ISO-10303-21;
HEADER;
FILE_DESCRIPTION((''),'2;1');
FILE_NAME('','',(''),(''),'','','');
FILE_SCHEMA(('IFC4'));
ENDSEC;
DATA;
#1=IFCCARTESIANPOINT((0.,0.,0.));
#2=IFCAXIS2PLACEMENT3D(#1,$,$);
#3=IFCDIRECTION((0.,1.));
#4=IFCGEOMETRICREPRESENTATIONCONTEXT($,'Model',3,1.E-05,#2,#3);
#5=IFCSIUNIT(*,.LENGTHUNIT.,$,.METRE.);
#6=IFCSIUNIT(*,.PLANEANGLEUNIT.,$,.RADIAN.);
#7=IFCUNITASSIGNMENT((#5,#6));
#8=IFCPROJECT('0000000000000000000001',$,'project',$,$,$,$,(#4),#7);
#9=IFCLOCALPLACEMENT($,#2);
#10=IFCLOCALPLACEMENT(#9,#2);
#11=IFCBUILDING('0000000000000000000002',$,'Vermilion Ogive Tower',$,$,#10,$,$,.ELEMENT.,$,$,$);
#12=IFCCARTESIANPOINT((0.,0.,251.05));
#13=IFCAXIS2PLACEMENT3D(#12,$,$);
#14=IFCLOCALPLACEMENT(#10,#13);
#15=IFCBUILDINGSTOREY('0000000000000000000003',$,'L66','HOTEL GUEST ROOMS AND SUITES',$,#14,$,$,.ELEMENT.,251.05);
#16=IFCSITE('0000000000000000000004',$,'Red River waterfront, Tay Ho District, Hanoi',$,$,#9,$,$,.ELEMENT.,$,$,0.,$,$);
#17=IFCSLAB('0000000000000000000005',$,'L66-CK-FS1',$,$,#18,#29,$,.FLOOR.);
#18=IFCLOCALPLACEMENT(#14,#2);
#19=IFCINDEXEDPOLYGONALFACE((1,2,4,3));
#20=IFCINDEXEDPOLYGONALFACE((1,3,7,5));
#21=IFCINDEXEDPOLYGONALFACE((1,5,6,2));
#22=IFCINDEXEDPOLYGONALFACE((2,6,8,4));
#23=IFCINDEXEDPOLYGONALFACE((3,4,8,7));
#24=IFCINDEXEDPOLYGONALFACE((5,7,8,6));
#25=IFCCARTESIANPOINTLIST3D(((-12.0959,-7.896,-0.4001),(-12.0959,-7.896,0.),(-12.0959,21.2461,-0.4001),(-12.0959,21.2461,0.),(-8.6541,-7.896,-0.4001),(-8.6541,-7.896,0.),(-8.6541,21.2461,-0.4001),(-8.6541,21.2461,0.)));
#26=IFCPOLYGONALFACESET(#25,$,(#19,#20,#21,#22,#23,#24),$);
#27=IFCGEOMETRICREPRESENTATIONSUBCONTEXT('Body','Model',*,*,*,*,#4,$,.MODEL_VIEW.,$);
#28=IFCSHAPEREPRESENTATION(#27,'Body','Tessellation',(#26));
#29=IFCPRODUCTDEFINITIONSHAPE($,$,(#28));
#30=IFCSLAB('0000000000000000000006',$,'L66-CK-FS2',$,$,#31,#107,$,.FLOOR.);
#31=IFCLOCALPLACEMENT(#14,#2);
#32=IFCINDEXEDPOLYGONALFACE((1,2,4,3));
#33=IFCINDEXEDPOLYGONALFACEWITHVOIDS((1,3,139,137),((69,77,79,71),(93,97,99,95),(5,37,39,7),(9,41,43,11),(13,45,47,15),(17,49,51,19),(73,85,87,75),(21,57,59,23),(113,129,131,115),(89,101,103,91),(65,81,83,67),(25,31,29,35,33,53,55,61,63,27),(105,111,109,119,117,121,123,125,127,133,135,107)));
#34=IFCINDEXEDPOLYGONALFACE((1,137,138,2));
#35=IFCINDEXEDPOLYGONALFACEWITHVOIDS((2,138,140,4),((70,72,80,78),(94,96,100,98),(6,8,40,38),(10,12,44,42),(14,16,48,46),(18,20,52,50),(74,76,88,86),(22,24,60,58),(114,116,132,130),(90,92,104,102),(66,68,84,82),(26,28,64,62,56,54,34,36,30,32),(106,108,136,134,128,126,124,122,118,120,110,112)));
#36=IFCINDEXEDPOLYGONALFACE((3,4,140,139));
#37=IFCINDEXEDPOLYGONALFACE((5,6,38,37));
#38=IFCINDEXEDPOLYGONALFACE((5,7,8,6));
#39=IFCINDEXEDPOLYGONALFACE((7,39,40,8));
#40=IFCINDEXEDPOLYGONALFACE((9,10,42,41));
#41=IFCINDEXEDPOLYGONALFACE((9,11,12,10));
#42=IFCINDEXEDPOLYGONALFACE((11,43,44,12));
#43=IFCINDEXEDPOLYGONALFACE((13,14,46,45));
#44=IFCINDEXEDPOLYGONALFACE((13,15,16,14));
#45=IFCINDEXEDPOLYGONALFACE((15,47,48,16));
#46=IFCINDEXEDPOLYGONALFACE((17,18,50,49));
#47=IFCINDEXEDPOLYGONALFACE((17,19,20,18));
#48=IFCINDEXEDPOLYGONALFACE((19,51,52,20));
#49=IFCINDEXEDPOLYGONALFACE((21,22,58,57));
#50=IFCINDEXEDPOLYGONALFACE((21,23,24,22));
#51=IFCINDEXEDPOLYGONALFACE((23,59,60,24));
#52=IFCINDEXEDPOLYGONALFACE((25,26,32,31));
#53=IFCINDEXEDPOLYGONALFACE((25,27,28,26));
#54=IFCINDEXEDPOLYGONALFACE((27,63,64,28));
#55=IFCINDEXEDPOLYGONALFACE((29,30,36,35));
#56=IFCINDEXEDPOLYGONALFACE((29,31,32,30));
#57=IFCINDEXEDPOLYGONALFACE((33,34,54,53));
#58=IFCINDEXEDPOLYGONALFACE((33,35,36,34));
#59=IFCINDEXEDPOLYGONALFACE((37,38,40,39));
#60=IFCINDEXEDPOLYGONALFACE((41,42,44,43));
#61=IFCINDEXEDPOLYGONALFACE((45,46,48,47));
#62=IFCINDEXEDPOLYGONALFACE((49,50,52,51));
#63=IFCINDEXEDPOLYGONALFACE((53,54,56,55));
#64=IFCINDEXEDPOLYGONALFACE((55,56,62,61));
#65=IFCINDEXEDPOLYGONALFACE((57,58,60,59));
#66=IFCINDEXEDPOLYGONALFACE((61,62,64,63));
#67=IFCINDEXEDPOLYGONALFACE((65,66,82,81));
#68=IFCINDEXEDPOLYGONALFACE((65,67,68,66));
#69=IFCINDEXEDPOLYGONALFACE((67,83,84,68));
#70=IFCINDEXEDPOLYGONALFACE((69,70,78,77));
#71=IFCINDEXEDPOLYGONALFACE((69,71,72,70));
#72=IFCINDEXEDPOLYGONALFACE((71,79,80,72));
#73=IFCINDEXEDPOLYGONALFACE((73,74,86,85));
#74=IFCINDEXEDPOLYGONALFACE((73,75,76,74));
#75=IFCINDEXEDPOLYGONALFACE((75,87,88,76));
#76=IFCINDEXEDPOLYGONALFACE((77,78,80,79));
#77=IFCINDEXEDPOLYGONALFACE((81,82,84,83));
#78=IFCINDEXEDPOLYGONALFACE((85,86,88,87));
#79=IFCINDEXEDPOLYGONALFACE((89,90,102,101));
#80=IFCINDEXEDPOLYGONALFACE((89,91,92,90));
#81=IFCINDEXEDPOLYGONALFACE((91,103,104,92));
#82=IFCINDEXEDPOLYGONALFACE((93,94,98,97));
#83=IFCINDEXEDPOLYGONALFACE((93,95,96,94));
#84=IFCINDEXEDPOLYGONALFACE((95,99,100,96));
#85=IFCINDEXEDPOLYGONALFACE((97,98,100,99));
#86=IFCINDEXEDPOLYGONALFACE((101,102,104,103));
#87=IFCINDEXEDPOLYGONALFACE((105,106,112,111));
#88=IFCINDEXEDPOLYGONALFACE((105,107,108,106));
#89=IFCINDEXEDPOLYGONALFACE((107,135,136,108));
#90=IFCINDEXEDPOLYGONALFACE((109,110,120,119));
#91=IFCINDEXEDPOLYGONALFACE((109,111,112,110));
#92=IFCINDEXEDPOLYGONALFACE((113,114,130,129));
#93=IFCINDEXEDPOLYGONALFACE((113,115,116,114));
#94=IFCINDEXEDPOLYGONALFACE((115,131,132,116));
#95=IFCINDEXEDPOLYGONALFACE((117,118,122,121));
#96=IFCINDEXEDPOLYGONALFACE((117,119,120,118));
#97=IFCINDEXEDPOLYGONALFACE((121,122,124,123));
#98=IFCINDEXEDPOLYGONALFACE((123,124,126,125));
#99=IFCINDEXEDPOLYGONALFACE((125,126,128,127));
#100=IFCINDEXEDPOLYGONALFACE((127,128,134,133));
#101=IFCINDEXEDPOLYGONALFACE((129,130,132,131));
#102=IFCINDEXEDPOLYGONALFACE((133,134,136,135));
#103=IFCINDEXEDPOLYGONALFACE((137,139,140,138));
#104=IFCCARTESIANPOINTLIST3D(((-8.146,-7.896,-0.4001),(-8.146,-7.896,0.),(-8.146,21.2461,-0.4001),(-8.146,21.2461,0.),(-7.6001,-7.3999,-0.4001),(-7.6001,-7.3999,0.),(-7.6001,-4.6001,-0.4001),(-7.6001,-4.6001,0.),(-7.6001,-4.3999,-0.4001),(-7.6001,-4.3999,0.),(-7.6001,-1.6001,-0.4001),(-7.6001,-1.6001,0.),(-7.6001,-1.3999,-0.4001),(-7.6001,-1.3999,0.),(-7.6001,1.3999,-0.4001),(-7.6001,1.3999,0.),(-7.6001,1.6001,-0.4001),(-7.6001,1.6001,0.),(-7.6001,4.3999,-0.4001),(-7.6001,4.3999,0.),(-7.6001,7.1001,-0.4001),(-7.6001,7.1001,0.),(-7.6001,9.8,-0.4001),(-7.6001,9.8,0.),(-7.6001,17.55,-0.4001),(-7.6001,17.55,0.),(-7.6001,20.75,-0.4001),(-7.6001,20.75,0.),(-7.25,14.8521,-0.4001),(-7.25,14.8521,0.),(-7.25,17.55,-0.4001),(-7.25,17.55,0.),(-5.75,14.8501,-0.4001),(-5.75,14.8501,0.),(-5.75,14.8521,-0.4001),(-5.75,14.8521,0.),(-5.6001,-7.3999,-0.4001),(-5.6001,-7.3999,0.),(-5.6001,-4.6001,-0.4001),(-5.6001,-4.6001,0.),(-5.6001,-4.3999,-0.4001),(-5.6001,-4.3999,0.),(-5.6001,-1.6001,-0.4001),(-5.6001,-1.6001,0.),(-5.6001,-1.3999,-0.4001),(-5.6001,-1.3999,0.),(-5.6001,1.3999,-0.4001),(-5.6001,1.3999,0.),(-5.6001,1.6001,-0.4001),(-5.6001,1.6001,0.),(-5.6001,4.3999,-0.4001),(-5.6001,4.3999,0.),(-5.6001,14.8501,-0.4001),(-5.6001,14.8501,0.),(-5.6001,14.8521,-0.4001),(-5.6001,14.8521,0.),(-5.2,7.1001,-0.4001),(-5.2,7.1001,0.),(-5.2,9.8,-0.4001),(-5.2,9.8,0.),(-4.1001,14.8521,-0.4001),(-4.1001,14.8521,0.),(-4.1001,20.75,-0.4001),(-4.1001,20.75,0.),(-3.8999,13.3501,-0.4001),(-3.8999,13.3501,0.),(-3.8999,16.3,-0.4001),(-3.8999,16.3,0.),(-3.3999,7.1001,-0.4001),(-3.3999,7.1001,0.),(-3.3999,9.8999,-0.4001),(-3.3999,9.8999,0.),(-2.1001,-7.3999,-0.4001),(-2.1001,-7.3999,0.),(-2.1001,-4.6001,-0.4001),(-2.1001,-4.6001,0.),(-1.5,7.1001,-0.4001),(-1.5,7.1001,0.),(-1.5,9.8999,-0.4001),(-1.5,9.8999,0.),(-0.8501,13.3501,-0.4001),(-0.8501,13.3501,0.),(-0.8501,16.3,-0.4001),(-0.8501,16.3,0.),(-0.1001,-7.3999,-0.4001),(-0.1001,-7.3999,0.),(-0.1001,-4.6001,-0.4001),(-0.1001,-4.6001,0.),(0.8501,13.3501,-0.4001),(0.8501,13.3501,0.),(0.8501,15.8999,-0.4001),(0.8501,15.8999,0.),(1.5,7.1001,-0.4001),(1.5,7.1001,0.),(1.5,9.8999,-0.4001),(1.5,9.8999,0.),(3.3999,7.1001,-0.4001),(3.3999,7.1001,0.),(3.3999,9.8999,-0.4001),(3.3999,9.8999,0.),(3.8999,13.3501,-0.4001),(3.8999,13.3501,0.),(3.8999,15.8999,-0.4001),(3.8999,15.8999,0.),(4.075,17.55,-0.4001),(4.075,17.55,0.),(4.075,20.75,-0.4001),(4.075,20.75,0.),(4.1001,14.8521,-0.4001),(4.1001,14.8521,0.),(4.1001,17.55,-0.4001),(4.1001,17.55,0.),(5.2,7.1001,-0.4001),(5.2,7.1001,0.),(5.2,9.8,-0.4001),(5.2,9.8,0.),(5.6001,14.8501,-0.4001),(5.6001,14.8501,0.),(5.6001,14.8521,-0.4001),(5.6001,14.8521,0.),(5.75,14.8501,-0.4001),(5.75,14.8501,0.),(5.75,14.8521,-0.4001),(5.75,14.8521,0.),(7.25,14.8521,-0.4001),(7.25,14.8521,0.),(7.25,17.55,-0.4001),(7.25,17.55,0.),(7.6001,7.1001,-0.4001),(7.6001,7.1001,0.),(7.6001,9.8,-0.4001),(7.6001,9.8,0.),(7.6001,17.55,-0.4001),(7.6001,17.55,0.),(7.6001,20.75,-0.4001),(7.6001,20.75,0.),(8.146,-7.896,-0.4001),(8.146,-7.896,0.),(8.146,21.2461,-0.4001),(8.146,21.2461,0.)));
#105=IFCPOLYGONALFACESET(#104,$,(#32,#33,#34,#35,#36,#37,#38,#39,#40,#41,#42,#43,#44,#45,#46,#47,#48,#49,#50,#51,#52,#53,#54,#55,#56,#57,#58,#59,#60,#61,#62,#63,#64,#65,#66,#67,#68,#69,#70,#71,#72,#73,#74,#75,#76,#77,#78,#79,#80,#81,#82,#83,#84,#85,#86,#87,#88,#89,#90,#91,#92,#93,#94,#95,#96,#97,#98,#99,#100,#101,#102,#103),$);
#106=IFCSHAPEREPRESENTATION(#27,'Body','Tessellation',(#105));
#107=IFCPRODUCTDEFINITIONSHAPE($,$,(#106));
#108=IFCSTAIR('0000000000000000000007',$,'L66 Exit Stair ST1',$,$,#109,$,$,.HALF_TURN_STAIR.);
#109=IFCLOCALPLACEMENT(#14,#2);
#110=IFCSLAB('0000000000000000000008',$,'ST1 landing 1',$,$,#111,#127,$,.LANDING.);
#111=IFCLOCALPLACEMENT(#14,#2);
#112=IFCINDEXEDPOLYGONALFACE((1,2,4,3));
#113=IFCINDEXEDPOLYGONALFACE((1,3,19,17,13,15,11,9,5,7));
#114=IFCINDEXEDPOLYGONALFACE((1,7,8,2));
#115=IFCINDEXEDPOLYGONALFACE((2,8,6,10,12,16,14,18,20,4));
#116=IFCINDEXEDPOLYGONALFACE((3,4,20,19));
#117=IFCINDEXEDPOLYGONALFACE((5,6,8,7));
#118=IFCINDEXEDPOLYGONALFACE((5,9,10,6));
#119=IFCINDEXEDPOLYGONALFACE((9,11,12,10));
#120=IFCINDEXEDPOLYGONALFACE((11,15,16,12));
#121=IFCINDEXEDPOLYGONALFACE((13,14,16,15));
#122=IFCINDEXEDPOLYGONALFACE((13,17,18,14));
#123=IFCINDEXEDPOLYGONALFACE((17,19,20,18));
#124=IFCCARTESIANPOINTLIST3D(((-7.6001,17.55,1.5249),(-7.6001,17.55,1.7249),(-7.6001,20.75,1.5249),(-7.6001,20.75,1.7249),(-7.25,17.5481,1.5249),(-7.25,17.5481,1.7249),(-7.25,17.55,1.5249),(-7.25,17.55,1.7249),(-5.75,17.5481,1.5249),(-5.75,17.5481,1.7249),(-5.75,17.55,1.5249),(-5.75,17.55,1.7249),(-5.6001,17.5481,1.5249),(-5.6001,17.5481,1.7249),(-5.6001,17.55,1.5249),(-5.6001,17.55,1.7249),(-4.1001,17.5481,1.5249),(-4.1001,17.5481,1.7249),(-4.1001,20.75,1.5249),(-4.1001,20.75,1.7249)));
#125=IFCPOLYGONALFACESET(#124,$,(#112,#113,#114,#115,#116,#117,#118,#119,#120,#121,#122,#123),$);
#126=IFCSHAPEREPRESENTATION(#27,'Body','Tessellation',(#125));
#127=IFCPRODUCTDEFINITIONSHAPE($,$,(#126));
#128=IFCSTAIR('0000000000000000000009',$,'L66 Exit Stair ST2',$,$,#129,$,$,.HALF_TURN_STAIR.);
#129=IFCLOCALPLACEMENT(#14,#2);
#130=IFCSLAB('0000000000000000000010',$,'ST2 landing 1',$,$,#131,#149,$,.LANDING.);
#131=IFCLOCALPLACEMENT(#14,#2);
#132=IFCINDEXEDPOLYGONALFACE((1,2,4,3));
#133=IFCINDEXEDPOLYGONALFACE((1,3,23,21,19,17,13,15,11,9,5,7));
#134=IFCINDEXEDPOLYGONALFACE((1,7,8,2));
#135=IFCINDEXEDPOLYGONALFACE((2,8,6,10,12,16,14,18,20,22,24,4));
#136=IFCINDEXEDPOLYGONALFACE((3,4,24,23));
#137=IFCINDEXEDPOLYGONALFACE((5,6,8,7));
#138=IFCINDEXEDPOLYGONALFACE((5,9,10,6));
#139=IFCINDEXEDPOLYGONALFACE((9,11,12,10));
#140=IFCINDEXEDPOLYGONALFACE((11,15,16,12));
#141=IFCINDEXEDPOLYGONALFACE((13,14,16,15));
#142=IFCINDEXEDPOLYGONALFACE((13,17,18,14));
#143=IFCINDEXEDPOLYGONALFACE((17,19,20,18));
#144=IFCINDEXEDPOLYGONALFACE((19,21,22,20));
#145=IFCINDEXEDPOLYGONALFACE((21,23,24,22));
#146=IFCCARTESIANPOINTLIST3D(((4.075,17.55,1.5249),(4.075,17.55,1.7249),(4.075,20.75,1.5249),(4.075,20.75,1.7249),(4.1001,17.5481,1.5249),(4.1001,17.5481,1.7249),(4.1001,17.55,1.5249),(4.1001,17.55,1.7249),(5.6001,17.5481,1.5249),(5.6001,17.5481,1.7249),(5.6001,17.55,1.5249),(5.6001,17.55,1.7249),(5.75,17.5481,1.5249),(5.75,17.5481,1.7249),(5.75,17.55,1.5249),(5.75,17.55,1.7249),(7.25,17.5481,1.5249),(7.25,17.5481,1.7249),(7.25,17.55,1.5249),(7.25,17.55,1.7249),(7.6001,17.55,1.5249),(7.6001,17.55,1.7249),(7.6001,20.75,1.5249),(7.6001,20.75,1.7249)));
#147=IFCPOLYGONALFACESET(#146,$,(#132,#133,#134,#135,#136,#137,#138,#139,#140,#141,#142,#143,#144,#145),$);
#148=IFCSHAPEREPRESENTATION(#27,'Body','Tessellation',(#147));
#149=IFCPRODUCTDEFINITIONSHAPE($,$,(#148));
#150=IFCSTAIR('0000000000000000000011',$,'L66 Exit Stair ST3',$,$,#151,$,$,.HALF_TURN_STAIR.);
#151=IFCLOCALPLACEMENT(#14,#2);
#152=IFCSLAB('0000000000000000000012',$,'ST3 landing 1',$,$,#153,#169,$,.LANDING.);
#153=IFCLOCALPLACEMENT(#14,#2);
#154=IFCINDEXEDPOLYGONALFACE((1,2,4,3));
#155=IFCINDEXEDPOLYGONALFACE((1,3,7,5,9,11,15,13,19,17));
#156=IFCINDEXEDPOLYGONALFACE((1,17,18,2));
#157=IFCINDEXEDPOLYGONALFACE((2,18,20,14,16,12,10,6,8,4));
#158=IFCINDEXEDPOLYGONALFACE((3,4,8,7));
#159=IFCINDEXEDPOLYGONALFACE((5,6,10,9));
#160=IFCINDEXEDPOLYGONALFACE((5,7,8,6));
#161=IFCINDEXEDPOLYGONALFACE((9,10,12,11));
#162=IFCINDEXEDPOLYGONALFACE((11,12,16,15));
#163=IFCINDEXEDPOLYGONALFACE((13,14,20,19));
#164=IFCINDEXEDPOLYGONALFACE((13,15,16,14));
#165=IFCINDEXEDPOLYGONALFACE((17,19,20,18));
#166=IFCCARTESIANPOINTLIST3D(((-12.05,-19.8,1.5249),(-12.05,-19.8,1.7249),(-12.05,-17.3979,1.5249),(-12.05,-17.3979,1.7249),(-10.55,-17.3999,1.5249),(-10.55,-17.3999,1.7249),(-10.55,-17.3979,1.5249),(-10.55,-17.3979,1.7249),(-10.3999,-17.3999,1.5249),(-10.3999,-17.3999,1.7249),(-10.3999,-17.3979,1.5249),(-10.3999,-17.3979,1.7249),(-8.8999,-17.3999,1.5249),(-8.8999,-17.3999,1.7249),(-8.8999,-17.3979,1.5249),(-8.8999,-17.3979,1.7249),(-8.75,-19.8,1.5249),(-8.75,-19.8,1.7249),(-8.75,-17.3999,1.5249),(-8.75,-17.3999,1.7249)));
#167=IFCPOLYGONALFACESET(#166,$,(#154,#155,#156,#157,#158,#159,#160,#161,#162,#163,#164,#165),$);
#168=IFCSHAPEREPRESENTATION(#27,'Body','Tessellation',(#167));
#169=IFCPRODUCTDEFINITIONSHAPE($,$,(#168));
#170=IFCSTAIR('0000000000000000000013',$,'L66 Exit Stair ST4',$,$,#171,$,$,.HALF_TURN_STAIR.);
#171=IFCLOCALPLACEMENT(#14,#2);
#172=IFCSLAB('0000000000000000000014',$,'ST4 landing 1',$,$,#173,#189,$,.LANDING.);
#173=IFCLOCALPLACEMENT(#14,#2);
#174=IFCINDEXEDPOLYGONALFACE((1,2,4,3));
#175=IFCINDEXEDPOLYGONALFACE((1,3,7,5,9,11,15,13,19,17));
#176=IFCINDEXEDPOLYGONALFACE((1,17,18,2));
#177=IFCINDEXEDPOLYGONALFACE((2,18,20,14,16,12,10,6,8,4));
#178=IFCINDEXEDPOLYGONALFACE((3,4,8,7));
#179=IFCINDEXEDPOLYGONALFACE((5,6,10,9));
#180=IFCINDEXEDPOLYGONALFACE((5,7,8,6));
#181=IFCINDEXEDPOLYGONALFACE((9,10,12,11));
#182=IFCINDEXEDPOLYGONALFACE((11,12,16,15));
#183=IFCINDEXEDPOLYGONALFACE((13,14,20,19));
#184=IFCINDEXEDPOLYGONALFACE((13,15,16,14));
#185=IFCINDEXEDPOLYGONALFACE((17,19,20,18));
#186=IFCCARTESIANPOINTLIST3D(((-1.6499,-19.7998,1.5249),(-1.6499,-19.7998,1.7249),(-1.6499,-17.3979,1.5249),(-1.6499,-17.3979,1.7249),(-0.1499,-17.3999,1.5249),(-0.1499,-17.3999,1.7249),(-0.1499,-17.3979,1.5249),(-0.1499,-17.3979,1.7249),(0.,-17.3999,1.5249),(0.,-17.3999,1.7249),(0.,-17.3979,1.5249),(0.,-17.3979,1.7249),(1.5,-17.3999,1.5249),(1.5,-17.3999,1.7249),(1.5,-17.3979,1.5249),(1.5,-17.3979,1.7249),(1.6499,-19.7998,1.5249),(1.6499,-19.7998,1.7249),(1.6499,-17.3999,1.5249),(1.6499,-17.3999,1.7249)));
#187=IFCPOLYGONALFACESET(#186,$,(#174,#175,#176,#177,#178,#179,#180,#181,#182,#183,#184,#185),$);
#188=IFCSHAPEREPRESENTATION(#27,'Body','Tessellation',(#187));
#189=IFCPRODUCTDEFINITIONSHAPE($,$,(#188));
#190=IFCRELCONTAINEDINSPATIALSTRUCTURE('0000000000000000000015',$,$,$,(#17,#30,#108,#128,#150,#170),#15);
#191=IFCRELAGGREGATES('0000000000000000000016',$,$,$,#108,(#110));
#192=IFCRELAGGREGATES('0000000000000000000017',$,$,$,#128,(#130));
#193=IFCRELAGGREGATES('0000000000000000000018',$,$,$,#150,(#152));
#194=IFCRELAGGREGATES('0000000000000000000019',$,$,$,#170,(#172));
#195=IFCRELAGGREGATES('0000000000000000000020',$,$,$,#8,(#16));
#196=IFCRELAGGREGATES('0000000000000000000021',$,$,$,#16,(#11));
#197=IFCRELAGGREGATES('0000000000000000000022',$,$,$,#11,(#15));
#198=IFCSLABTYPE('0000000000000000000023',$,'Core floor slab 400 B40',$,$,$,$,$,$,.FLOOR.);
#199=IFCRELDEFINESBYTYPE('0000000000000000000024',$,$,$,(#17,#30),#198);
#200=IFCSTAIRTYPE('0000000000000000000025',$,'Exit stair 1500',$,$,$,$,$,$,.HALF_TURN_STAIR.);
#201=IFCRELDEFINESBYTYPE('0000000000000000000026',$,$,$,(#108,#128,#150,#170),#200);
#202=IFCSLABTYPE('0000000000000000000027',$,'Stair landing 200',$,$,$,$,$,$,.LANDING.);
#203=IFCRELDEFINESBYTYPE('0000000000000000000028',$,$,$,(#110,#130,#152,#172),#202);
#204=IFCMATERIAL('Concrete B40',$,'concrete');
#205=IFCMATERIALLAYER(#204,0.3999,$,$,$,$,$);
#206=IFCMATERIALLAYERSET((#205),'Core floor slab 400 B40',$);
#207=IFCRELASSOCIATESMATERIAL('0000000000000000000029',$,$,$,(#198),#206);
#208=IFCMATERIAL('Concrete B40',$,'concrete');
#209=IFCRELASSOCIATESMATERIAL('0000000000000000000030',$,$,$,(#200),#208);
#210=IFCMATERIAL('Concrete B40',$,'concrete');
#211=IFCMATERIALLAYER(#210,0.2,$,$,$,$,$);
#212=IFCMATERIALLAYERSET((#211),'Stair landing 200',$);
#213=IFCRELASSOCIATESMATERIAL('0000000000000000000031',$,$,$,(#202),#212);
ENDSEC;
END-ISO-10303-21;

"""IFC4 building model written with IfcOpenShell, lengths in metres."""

from ifc_helpers import new_model, si_unit, direction, frame, origin, place, context, subcontext, project, spatial, polyline, outline, extrude, material, layer, layer_set, type_object, element, aggregate, save


model = new_model("IFC4")

# Units and contexts
model_context = context("Model", 3, precision=1e-05, world=origin(), true_north=direction((0.0, 1.0)))
body_context = subcontext(model_context, "Body", "Model", "MODEL_VIEW")
ifc_project = project(units=[si_unit("LENGTHUNIT", "METRE"), si_unit("PLANEANGLEUNIT", "RADIAN")], contexts=[model_context])

# Site, building, storey
site_placement = place(None, origin())
site = spatial("IfcSite", under=ifc_project, at=site_placement, Name="Red River waterfront, Tay Ho District, Hanoi", CompositionType="ELEMENT", RefElevation=0.0)
building_placement = place(site_placement, origin())
building = spatial("IfcBuilding", under=site, at=building_placement, Name="Vermilion Ogive Tower", CompositionType="ELEMENT")
storey_placement = place(building_placement, frame((0.0, 0.0, 251.05)))
storey = spatial("IfcBuildingStorey", under=building, at=storey_placement, Name="L66", Description="HOTEL GUEST ROOMS AND SUITES", CompositionType="ELEMENT", Elevation=251.05)

# Slabs
ifc_material_1 = material(Name="Concrete B40", Category="concrete")
ifc_layer_1 = layer(ifc_material_1, 0.3999)
ifc_layer_set_1 = layer_set([ifc_layer_1], Name="Core floor slab 400 B40")
slab_type_1 = type_object("IfcSlabType", Name="Core floor slab 400 B40", PredefinedType="FLOOR", material=ifc_layer_set_1)
slab_1_placement = place(storey_placement, frame((0.0, 0.0, -0.4001)))
element("IfcSlab", 1, at=slab_1_placement, inside=storey, type_object=slab_type_1, Name="L66-CK-FS1", PredefinedType="FLOOR", context=body_context, shape_type="SweptSolid", body=[
    extrude(outline(polyline([(-8.6541, 21.2461), (-8.6541, -7.896), (-12.0959, -7.896), (-12.0959, 21.2461), (-8.6541, 21.2461)])), origin(), (0.0, 0.0, 1.0), 0.4001),
])
slab_2_placement = place(storey_placement, frame((0.0, 0.0, -0.4001)))
element("IfcSlab", 2, at=slab_2_placement, inside=storey, type_object=slab_type_1, Name="L66-CK-FS2", PredefinedType="FLOOR", context=body_context, shape_type="SweptSolid", body=[
    extrude(outline(polyline([(-8.146, -7.896), (8.146, -7.896), (8.146, 21.2461), (-8.146, 21.2461), (-8.146, -7.896)]), holes=[polyline([(-7.6001, -7.3999), (-7.6001, -4.6001), (-5.6001, -4.6001), (-5.6001, -7.3999), (-7.6001, -7.3999)]), polyline([(-7.6001, -4.3999), (-7.6001, -1.6001), (-5.6001, -1.6001), (-5.6001, -4.3999), (-7.6001, -4.3999)]), polyline([(-7.6001, -1.3999), (-7.6001, 1.3999), (-5.6001, 1.3999), (-5.6001, -1.3999), (-7.6001, -1.3999)]), polyline([(-7.6001, 1.6001), (-7.6001, 4.3999), (-5.6001, 4.3999), (-5.6001, 1.6001), (-7.6001, 1.6001)]), polyline([(-7.6001, 7.1001), (-7.6001, 9.8), (-5.2, 9.8), (-5.2, 7.1001), (-7.6001, 7.1001)]), polyline([(-3.3999, 9.8999), (-1.5, 9.8999), (-1.5, 7.1001), (-3.3999, 7.1001), (-3.3999, 9.8999)]), polyline([(-7.6001, 17.55), (-7.6001, 20.75), (-4.1001, 20.75), (-4.1001, 14.8521), (-5.6001, 14.8521), (-5.6001, 14.8501), (-5.75, 14.8501), (-5.75, 14.8521), (-7.25, 14.8521), (-7.25, 17.55), (-7.6001, 17.55)]), polyline([(-2.1001, -7.3999), (-2.1001, -4.6001), (-0.1001, -4.6001), (-0.1001, -7.3999), (-2.1001, -7.3999)]), polyline([(5.2, 7.1001), (5.2, 9.8), (7.6001, 9.8), (7.6001, 7.1001), (5.2, 7.1001)]), polyline([(1.5, 7.1001), (1.5, 9.8999), (3.3999, 9.8999), (3.3999, 7.1001), (1.5, 7.1001)]), polyline([(0.8501, 13.3501), (0.8501, 15.8999), (3.8999, 15.8999), (3.8999, 13.3501), (0.8501, 13.3501)]), polyline([(-3.8999, 16.3), (-0.8501, 16.3), (-0.8501, 13.3501), (-3.8999, 13.3501), (-3.8999, 16.3)]), polyline([(5.75, 14.8501), (5.6001, 14.8501), (5.6001, 14.8521), (4.1001, 14.8521), (4.1001, 17.55), (4.075, 17.55), (4.075, 20.75), (7.6001, 20.75), (7.6001, 17.55), (7.25, 17.55), (7.25, 14.8521), (5.75, 14.8521), (5.75, 14.8501)])]), origin(), (0.0, 0.0, 1.0), 0.4001),
])

# Stairs, slabs
ifc_material_2 = material(Name="Concrete B40", Category="concrete")
stair_type = type_object("IfcStairType", Name="Exit stair 1500", PredefinedType="HALF_TURN_STAIR", material=ifc_material_2)
stair_1_placement = place(storey_placement, origin())
stair_1 = element("IfcStair", 3, at=stair_1_placement, inside=storey, type_object=stair_type, Name="L66 Exit Stair ST1", PredefinedType="HALF_TURN_STAIR")
ifc_material_3 = material(Name="Concrete B40", Category="concrete")
ifc_layer_2 = layer(ifc_material_3, 0.2)
ifc_layer_set_2 = layer_set([ifc_layer_2], Name="Stair landing 200")
slab_type_2 = type_object("IfcSlabType", Name="Stair landing 200", PredefinedType="LANDING", material=ifc_layer_set_2)
slab_3_placement = place(storey_placement, frame((0.0, 0.0, 1.5249)))
slab_3 = element("IfcSlab", 4, at=slab_3_placement, type_object=slab_type_2, Name="ST1 landing 1", PredefinedType="LANDING", context=body_context, shape_type="SweptSolid", body=[
    extrude(outline(polyline([(-7.6001, 17.55), (-7.25, 17.55), (-7.25, 17.5481), (-5.75, 17.5481), (-5.75, 17.55), (-5.6001, 17.55), (-5.6001, 17.5481), (-4.1001, 17.5481), (-4.1001, 20.75), (-7.6001, 20.75), (-7.6001, 17.55)])), origin(), (0.0, 0.0, 1.0), 0.2),
])
aggregate(stair_1, [slab_3])
stair_2_placement = place(storey_placement, origin())
stair_2 = element("IfcStair", 5, at=stair_2_placement, inside=storey, type_object=stair_type, Name="L66 Exit Stair ST2", PredefinedType="HALF_TURN_STAIR")
slab_4_placement = place(storey_placement, frame((0.0, 0.0, 1.5249)))
slab_4 = element("IfcSlab", 6, at=slab_4_placement, type_object=slab_type_2, Name="ST2 landing 1", PredefinedType="LANDING", context=body_context, shape_type="SweptSolid", body=[
    extrude(outline(polyline([(5.6001, 17.55), (5.75, 17.55), (5.75, 17.5481), (7.25, 17.5481), (7.25, 17.55), (7.6001, 17.55), (7.6001, 20.75), (4.075, 20.75), (4.075, 17.55), (4.1001, 17.55), (4.1001, 17.5481), (5.6001, 17.5481), (5.6001, 17.55)])), origin(), (0.0, 0.0, 1.0), 0.2),
])
aggregate(stair_2, [slab_4])
stair_3_placement = place(storey_placement, origin())
stair_3 = element("IfcStair", 7, at=stair_3_placement, inside=storey, type_object=stair_type, Name="L66 Exit Stair ST3", PredefinedType="HALF_TURN_STAIR")
slab_5_placement = place(storey_placement, frame((0.0, 0.0, 1.5249)))
slab_5 = element("IfcSlab", 8, at=slab_5_placement, type_object=slab_type_2, Name="ST3 landing 1", PredefinedType="LANDING", context=body_context, shape_type="SweptSolid", body=[
    extrude(outline(polyline([(-8.75, -17.3999), (-8.8999, -17.3999), (-8.8999, -17.3979), (-10.3999, -17.3979), (-10.3999, -17.3999), (-10.55, -17.3999), (-10.55, -17.3979), (-12.05, -17.3979), (-12.05, -19.8), (-8.75, -19.8), (-8.75, -17.3999)])), origin(), (0.0, 0.0, 1.0), 0.2),
])
aggregate(stair_3, [slab_5])
stair_4_placement = place(storey_placement, origin())
stair_4 = element("IfcStair", 9, at=stair_4_placement, inside=storey, type_object=stair_type, Name="L66 Exit Stair ST4", PredefinedType="HALF_TURN_STAIR")
slab_6_placement = place(storey_placement, frame((0.0, 0.0, 1.5249)))
slab_6 = element("IfcSlab", 10, at=slab_6_placement, type_object=slab_type_2, Name="ST4 landing 1", PredefinedType="LANDING", context=body_context, shape_type="SweptSolid", body=[
    extrude(outline(polyline([(1.6499, -17.3999), (1.5, -17.3999), (1.5, -17.3979), (0.0, -17.3979), (0.0, -17.3999), (-0.1499, -17.3999), (-0.1499, -17.3979), (-1.6499, -17.3979), (-1.6499, -19.7998), (1.6499, -19.7998), (1.6499, -17.3999)])), origin(), (0.0, 0.0, 1.0), 0.2),
])
aggregate(stair_4, [slab_6])

save(model, "model.ifc")
